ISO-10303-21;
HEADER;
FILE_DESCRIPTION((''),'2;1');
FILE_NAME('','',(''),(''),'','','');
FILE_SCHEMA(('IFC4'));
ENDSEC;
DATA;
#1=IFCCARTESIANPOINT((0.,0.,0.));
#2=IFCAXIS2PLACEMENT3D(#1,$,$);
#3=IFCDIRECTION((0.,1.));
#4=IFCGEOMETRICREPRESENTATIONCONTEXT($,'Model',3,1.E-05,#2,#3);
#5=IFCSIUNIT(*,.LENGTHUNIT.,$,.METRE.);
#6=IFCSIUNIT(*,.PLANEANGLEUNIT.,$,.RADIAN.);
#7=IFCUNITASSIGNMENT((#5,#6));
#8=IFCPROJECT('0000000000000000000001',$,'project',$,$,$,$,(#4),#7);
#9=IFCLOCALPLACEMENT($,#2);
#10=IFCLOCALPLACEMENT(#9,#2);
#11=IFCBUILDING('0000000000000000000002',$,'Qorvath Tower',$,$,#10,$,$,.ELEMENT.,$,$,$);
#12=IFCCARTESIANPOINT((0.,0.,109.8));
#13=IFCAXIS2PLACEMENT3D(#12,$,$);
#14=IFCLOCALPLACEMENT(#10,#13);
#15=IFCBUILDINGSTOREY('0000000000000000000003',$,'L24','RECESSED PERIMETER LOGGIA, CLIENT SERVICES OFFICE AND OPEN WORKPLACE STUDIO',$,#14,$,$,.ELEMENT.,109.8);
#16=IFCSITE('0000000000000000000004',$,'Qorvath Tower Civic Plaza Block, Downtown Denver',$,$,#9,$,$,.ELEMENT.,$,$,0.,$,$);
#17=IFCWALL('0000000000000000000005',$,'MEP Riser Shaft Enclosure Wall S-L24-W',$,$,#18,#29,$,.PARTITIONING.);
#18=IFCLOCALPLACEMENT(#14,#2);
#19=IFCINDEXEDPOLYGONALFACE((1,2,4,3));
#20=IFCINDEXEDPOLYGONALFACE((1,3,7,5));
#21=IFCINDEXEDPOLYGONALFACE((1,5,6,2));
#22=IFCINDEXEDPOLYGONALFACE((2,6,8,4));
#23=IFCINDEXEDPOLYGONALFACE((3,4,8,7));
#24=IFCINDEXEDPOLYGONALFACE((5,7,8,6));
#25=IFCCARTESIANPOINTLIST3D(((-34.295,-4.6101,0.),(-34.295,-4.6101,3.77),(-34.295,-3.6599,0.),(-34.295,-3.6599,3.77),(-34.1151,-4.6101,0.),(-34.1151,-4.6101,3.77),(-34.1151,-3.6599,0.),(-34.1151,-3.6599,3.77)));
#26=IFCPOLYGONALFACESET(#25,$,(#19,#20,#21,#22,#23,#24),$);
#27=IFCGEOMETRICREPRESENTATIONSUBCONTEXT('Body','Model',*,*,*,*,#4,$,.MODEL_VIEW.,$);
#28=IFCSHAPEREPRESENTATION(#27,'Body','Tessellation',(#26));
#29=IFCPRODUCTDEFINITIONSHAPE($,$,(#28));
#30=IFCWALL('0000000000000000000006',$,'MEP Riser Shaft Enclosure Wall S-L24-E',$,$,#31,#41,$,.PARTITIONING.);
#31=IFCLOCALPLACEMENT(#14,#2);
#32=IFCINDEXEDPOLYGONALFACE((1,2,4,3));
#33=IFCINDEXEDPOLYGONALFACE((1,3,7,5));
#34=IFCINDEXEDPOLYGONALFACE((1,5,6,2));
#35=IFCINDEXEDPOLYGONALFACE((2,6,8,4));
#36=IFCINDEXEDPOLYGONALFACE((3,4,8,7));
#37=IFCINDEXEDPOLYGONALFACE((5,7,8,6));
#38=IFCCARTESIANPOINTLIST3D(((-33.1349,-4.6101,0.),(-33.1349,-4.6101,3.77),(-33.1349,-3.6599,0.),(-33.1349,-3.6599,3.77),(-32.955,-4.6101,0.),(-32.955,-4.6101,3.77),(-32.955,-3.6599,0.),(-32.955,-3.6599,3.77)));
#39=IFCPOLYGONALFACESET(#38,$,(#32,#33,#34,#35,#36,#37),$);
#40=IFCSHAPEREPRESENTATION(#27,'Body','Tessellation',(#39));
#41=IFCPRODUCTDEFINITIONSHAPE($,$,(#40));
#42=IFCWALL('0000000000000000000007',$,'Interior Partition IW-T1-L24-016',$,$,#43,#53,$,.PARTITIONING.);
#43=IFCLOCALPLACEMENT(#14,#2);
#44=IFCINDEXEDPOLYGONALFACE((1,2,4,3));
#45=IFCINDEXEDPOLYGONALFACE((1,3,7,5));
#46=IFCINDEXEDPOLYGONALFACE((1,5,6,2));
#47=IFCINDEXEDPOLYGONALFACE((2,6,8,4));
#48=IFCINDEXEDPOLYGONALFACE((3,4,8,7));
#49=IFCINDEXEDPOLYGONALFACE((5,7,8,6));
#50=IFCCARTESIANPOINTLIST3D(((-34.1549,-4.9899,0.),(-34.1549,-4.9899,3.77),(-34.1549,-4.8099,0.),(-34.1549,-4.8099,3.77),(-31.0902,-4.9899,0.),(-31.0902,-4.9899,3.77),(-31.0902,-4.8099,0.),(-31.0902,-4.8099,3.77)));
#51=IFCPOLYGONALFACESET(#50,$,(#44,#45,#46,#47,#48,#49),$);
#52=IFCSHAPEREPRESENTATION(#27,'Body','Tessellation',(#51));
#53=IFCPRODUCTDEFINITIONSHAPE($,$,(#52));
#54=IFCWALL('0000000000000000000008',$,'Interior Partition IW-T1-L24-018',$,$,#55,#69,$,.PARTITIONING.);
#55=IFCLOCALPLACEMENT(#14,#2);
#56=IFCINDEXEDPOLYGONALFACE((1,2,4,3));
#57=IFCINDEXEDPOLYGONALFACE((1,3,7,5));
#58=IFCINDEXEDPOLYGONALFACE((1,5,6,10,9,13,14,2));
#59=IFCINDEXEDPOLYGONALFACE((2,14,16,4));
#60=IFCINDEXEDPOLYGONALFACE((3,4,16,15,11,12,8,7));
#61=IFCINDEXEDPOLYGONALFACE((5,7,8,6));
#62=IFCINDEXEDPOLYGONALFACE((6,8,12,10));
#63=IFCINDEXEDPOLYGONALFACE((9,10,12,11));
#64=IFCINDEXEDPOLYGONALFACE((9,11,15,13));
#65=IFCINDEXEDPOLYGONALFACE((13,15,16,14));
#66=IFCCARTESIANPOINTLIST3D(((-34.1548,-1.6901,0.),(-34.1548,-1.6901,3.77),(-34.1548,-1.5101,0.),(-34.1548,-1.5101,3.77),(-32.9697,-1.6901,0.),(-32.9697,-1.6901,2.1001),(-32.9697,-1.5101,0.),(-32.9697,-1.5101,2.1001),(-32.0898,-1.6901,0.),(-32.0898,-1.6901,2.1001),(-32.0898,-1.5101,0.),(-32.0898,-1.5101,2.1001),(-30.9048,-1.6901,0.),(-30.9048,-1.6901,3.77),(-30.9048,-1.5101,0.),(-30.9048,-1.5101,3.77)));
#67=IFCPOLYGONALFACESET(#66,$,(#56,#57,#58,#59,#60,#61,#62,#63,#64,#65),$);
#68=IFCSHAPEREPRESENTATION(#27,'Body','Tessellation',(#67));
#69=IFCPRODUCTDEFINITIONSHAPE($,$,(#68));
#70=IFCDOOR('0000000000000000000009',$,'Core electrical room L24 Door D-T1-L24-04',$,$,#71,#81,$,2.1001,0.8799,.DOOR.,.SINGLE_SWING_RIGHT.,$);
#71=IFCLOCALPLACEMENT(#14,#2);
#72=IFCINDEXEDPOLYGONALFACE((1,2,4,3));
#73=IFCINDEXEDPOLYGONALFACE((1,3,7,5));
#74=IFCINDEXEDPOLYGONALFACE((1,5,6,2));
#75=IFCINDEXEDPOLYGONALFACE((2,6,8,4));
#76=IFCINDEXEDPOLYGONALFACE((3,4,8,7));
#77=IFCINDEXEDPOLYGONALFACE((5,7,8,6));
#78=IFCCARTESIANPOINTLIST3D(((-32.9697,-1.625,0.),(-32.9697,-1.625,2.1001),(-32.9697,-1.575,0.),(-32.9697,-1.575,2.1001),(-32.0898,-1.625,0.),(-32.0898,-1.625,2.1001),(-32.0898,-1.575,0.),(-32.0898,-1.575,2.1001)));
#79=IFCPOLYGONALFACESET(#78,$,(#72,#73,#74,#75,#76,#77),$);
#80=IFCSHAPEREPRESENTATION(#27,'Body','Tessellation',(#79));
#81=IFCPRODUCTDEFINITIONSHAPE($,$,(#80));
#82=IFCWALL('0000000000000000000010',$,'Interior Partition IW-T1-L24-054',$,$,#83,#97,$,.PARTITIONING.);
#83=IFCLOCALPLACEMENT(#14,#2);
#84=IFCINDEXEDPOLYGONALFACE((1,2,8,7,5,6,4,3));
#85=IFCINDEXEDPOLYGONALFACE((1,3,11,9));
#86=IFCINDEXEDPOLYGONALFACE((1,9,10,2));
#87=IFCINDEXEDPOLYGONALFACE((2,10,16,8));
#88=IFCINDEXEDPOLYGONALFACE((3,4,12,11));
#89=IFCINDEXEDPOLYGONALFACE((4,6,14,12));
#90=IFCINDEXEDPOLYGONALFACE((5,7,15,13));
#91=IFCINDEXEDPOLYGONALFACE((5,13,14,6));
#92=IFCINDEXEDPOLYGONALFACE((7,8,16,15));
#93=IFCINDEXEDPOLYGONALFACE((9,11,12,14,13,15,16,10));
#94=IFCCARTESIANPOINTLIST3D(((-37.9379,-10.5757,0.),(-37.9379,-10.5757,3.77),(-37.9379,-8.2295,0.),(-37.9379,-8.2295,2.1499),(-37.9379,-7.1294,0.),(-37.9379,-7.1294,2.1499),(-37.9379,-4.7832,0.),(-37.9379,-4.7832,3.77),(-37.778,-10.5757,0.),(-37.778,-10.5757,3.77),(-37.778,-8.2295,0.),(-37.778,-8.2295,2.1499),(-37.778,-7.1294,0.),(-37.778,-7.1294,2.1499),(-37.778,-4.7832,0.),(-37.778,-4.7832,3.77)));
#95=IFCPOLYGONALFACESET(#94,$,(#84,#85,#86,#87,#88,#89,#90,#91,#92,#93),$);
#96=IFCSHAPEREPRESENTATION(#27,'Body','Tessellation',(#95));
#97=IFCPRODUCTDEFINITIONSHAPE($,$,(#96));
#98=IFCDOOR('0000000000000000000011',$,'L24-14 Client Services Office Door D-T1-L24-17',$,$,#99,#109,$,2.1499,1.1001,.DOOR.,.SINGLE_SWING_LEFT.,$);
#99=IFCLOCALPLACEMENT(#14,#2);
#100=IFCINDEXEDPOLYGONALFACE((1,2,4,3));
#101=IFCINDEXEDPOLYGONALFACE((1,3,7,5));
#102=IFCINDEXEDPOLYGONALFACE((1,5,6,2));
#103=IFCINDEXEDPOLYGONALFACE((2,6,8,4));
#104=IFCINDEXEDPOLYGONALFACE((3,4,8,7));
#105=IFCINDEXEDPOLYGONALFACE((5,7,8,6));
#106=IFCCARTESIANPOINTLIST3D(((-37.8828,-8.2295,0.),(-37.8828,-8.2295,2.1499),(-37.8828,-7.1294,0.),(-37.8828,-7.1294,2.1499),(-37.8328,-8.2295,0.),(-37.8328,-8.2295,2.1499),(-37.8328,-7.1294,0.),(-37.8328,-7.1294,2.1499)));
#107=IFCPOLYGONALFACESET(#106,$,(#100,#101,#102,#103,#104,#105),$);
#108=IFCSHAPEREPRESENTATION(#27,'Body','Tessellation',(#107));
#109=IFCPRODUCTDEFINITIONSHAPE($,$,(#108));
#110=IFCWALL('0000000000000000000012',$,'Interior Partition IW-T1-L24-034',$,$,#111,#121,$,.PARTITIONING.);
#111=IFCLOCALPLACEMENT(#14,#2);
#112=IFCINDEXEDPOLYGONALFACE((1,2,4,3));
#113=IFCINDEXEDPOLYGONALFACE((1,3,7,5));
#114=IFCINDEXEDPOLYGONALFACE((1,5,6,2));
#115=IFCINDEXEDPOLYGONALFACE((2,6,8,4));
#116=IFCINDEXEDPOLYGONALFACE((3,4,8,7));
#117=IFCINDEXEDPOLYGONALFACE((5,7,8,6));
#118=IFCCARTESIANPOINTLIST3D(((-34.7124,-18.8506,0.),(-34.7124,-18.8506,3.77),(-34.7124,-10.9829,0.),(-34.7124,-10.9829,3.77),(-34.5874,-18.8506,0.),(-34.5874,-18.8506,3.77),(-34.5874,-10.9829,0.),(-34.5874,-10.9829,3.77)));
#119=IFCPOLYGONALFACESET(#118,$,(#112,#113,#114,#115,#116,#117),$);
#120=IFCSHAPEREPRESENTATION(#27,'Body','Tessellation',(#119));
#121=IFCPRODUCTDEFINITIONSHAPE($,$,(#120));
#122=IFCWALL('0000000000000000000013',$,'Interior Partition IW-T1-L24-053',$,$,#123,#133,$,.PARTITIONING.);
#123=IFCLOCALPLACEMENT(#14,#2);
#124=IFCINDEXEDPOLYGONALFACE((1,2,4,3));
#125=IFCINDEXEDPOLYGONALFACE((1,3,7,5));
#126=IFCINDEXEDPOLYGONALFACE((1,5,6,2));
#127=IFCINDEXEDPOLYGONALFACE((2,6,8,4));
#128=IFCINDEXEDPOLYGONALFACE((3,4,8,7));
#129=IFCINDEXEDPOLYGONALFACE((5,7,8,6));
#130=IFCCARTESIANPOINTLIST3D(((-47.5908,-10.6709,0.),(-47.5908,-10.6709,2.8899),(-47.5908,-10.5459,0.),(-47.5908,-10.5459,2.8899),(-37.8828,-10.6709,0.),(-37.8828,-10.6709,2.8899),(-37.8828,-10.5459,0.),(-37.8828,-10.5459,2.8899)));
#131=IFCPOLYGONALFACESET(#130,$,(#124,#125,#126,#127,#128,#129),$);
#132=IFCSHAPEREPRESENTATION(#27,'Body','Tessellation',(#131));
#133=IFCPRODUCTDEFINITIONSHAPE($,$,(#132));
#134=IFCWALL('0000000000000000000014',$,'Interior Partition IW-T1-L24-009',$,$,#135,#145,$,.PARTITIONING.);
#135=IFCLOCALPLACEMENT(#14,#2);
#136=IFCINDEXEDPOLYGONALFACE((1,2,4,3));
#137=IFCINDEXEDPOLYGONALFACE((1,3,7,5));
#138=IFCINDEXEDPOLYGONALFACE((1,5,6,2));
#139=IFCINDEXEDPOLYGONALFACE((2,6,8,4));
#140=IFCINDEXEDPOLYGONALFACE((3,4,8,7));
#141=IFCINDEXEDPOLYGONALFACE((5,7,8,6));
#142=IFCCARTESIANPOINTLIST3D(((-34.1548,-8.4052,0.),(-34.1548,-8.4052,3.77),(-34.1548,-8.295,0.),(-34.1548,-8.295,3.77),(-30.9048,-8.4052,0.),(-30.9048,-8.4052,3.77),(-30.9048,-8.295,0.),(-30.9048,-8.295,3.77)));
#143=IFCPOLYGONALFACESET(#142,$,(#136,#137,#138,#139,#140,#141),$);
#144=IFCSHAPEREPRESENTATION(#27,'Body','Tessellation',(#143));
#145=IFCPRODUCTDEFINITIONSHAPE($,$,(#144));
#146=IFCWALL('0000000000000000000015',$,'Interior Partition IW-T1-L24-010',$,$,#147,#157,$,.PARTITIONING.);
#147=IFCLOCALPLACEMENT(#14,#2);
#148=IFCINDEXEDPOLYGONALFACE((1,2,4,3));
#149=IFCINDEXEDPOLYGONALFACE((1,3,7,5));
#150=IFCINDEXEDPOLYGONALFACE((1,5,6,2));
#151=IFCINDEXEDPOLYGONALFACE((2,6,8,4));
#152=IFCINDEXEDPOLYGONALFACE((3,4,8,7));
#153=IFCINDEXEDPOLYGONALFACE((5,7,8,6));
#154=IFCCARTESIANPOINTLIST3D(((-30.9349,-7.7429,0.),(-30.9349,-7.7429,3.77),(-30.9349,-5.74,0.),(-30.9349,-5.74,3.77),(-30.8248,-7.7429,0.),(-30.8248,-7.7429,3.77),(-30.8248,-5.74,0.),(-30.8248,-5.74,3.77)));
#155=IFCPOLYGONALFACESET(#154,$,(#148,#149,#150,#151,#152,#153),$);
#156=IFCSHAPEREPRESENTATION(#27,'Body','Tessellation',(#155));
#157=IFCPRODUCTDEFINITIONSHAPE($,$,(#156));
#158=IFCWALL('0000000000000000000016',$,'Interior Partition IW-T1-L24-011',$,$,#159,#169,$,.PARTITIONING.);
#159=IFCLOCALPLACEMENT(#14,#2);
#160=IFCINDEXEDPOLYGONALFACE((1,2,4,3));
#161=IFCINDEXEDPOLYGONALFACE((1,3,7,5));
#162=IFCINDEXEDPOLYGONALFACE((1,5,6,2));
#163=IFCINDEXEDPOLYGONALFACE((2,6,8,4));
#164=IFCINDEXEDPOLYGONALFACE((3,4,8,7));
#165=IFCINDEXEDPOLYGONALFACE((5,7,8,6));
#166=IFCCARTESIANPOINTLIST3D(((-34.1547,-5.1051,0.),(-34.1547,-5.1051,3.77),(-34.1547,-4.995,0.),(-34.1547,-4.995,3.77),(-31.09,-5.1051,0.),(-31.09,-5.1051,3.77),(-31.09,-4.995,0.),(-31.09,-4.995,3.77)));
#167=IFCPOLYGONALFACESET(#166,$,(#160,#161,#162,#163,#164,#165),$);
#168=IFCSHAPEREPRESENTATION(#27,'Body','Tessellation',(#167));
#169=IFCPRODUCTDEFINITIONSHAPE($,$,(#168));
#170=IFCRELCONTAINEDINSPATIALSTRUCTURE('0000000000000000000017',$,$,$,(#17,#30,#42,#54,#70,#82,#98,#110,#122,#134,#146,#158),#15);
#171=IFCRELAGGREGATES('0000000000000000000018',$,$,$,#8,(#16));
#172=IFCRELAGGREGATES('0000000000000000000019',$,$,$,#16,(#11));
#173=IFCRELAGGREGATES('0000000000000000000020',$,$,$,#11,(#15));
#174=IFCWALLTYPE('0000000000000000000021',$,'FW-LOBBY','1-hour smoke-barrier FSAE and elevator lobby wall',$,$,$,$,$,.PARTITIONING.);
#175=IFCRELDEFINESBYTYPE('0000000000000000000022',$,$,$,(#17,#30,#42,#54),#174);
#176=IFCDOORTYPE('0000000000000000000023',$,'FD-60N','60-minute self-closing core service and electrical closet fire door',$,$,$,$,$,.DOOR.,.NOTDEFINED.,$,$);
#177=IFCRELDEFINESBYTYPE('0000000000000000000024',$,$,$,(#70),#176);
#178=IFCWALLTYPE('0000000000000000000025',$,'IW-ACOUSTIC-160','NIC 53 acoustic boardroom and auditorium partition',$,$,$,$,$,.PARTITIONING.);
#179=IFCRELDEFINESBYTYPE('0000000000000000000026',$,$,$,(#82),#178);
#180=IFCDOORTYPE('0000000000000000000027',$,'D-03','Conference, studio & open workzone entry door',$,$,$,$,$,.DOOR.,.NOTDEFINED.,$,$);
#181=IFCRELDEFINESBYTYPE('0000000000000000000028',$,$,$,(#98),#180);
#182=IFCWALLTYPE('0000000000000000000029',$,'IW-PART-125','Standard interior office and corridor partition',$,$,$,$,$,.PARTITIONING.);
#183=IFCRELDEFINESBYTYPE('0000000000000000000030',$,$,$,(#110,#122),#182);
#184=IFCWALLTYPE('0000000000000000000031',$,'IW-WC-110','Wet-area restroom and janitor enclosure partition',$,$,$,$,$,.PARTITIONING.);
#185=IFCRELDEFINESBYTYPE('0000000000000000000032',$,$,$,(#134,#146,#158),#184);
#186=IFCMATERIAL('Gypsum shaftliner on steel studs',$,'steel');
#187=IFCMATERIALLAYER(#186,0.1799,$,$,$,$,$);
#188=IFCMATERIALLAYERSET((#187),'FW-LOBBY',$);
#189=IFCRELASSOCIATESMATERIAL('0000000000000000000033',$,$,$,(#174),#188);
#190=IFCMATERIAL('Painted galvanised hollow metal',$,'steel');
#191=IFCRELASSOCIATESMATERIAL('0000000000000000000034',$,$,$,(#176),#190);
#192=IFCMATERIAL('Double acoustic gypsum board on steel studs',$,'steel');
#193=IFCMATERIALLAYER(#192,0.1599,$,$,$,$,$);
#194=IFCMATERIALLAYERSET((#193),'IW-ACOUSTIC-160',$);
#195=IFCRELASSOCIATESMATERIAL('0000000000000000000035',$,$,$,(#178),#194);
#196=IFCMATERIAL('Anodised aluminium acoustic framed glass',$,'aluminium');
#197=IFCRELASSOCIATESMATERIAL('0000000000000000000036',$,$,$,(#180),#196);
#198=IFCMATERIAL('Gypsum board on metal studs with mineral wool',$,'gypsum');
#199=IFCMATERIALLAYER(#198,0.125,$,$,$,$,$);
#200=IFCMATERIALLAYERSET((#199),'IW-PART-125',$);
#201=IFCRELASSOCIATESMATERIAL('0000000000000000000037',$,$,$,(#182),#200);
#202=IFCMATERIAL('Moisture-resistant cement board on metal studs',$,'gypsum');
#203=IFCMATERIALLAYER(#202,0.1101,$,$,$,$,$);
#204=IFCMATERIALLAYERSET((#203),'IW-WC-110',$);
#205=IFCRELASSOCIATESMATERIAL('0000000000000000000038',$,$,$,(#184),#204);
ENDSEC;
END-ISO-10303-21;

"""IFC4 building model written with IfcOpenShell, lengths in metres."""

from ifc_helpers import new_model, si_unit, direction, frame, frame_2d, origin, place, context, subcontext, project, spatial, rectangle, extrude, material, layer, layer_set, type_object, element, fill, save


model = new_model("IFC4")

# Units and contexts
model_context = context("Model", 3, precision=1e-05, world=origin(), true_north=direction((0.0, 1.0)))
body_context = subcontext(model_context, "Body", "Model", "MODEL_VIEW")
ifc_project = project(units=[si_unit("LENGTHUNIT", "METRE"), si_unit("PLANEANGLEUNIT", "RADIAN")], contexts=[model_context])

# Site, building, storey
site_placement = place(None, origin())
site = spatial("IfcSite", under=ifc_project, at=site_placement, Name="Qorvath Tower Civic Plaza Block, Downtown Denver", CompositionType="ELEMENT", RefElevation=0.0)
building_placement = place(site_placement, origin())
building = spatial("IfcBuilding", under=site, at=building_placement, Name="Qorvath Tower", CompositionType="ELEMENT")
storey_placement = place(building_placement, frame((0.0, 0.0, 109.8)))
storey = spatial("IfcBuildingStorey", under=building, at=storey_placement, Name="L24", Description="RECESSED PERIMETER LOGGIA, CLIENT SERVICES OFFICE AND OPEN WORKPLACE STUDIO", CompositionType="ELEMENT", Elevation=109.8)

# Walls
ifc_material_1 = material(Name="Gypsum shaftliner on steel studs", Category="steel")
ifc_layer_1 = layer(ifc_material_1, 0.1799)
ifc_layer_set_1 = layer_set([ifc_layer_1], Name="FW-LOBBY")
wall_type_1 = type_object("IfcWallType", Name="FW-LOBBY", Description="1-hour smoke-barrier FSAE and elevator lobby wall", PredefinedType="PARTITIONING", material=ifc_layer_set_1)
for number, where, z_axis, x_axis, name in (
    (1, (-34.2051, -4.6101, 0.0), (0.0, 0.0, 1.0), (0.0, 1.0, 0.0), "MEP Riser Shaft Enclosure Wall S-L24-W"),
    (2, (-33.0449, -3.6599, 0.0), (0.0, 0.0, 1.0), (0.0, -1.0, 0.0), "MEP Riser Shaft Enclosure Wall S-L24-E"),
):
    element("IfcWall", number, at=place(storey_placement, frame(where, z_axis=z_axis, x_axis=x_axis)), inside=storey, type_object=wall_type_1, Name=name, PredefinedType="PARTITIONING", context=body_context, shape_type="SweptSolid", body=[
        extrude(rectangle(XDim=0.9502, YDim=0.1799, at=frame_2d((0.4751, 0.0))), origin(), (0.0, 0.0, 1.0), 3.77),
    ])
wall_1_placement = place(storey_placement, frame((-34.1548, -4.8999, 0.0), z_axis=(0.0, 0.0, 1.0), x_axis=(1.0, 0.0, 0.0)))
element("IfcWall", 3, at=wall_1_placement, inside=storey, type_object=wall_type_1, Name="Interior Partition IW-T1-L24-016", PredefinedType="PARTITIONING", context=body_context, shape_type="SweptSolid", body=[
    extrude(rectangle(XDim=3.0647, YDim=0.1799, at=frame_2d((1.5322, 0.0))), origin(), (0.0, 0.0, 1.0), 3.77),
])

# Walls, openings, doors
wall_2_placement = place(storey_placement, frame((-30.9048, -1.6001, 0.0), z_axis=(0.0, 0.0, 1.0), x_axis=(-1.0, 0.0, 0.0)))
wall_2 = element("IfcWall", 4, at=wall_2_placement, inside=storey, type_object=wall_type_1, Name="Interior Partition IW-T1-L24-018", PredefinedType="PARTITIONING", context=body_context, shape_type="SweptSolid", body=[
    extrude(rectangle(XDim=3.25, YDim=0.1799, at=frame_2d((1.625, 0.0))), origin(), (0.0, 0.0, 1.0), 3.77),
])
opening_1_placement = place(wall_2_placement, frame((1.1851, 0.0, 0.0)))
opening_1 = element("IfcOpeningElement", 5, at=opening_1_placement, cuts=wall_2, PredefinedType="OPENING", context=body_context, shape_type="SweptSolid", body=[
    extrude(rectangle(XDim=0.8799, YDim=2.1001, at=frame_2d((0.4399, 1.05))), frame((0.0, 0.1001, 0.0), z_axis=(0.0, -1.0, 0.0), x_axis=(1.0, 0.0, 0.0)), (0.0, 0.0, 1.0), 0.2),
])
ifc_material_2 = material(Name="Painted galvanised hollow metal", Category="steel")
door_type_1 = type_object("IfcDoorType", Name="FD-60N", Description="60-minute self-closing core service and electrical closet fire door", OperationType="NOTDEFINED", PredefinedType="DOOR", material=ifc_material_2)
door_1_placement = place(opening_1_placement, origin())
door_1 = element("IfcDoor", 6, at=door_1_placement, inside=storey, type_object=door_type_1, Name="Core electrical room L24 Door D-T1-L24-04", OperationType="SINGLE_SWING_RIGHT", OverallHeight=2.1001, OverallWidth=0.8799, PredefinedType="DOOR", context=body_context, shape_type="SweptSolid", body=[
    extrude(rectangle(XDim=0.8799, YDim=2.1001, at=frame_2d((0.4399, 1.05))), frame((0.0, 0.0249, 0.0), z_axis=(0.0, -1.0, 0.0), x_axis=(1.0, 0.0, 0.0)), (0.0, 0.0, 1.0), 0.05),
])
fill(opening_1, door_1)
ifc_material_3 = material(Name="Double acoustic gypsum board on steel studs", Category="steel")
ifc_layer_2 = layer(ifc_material_3, 0.1599)
ifc_layer_set_2 = layer_set([ifc_layer_2], Name="IW-ACOUSTIC-160")
wall_type_2 = type_object("IfcWallType", Name="IW-ACOUSTIC-160", Description="NIC 53 acoustic boardroom and auditorium partition", PredefinedType="PARTITIONING", material=ifc_layer_set_2)
wall_3_placement = place(storey_placement, frame((-37.8579, -10.5757, 0.0), z_axis=(0.0, 0.0, 1.0), x_axis=(0.0, 1.0, 0.0)))
wall_3 = element("IfcWall", 7, at=wall_3_placement, inside=storey, type_object=wall_type_2, Name="Interior Partition IW-T1-L24-054", PredefinedType="PARTITIONING", context=body_context, shape_type="SweptSolid", body=[
    extrude(rectangle(XDim=5.7925, YDim=0.1599, at=frame_2d((2.8962, 0.0))), origin(), (0.0, 0.0, 1.0), 3.77),
])
opening_2_placement = place(wall_3_placement, frame((2.3462, 0.0, 0.0)))
opening_2 = element("IfcOpeningElement", 8, at=opening_2_placement, cuts=wall_3, PredefinedType="OPENING", context=body_context, shape_type="SweptSolid", body=[
    extrude(rectangle(XDim=1.1001, YDim=2.1499, at=frame_2d((0.55, 1.075))), frame((0.0, 0.0898, 0.0), z_axis=(0.0, -1.0, 0.0), x_axis=(1.0, 0.0, 0.0)), (0.0, 0.0, 1.0), 0.1799),
])
ifc_material_4 = material(Name="Anodised aluminium acoustic framed glass", Category="aluminium")
door_type_2 = type_object("IfcDoorType", Name="D-03", Description="Conference, studio & open workzone entry door", OperationType="NOTDEFINED", PredefinedType="DOOR", material=ifc_material_4)
door_2_placement = place(opening_2_placement, origin())
door_2 = element("IfcDoor", 9, at=door_2_placement, inside=storey, type_object=door_type_2, Name="L24-14 Client Services Office Door D-T1-L24-17", OperationType="SINGLE_SWING_LEFT", OverallHeight=2.1499, OverallWidth=1.1001, PredefinedType="DOOR", context=body_context, shape_type="SweptSolid", body=[
    extrude(rectangle(XDim=1.1001, YDim=2.1499, at=frame_2d((0.55, 1.075))), frame((0.0, 0.0249, 0.0), z_axis=(0.0, -1.0, 0.0), x_axis=(1.0, 0.0, 0.0)), (0.0, 0.0, 1.0), 0.05),
])
fill(opening_2, door_2)

# Wall
ifc_material_5 = material(Name="Gypsum board on metal studs with mineral wool", Category="gypsum")
ifc_layer_3 = layer(ifc_material_5, 0.125)
ifc_layer_set_3 = layer_set([ifc_layer_3], Name="IW-PART-125")
wall_type_3 = type_object("IfcWallType", Name="IW-PART-125", Description="Standard interior office and corridor partition", PredefinedType="PARTITIONING", material=ifc_layer_set_3)
wall_4_placement = place(storey_placement, frame((-34.6499, -10.9829, 0.0), z_axis=(0.0, 0.0, 1.0), x_axis=(0.0, -1.0, 0.0)))
element("IfcWall", 10, at=wall_4_placement, inside=storey, type_object=wall_type_3, Name="Interior Partition IW-T1-L24-034", PredefinedType="PARTITIONING", context=body_context, shape_type="SweptSolid", body=[
    extrude(rectangle(XDim=7.8677, YDim=0.125, at=frame_2d((3.9338, 0.0))), origin(), (0.0, 0.0, 1.0), 3.77),
])

# Walls
wall_5_placement = place(storey_placement, frame((-37.8828, -10.6084, 0.0), z_axis=(0.0, 0.0, 1.0), x_axis=(-1.0, 0.0, 0.0)))
element("IfcWall", 11, at=wall_5_placement, inside=storey, type_object=wall_type_3, Name="Interior Partition IW-T1-L24-053", PredefinedType="PARTITIONING", context=body_context, shape_type="SweptSolid", body=[
    extrude(rectangle(XDim=9.708, YDim=0.125, at=frame_2d((4.854, 0.0))), origin(), (0.0, 0.0, 1.0), 2.8899),
])
ifc_material_6 = material(Name="Moisture-resistant cement board on metal studs", Category="gypsum")
ifc_layer_4 = layer(ifc_material_6, 0.1101)
ifc_layer_set_4 = layer_set([ifc_layer_4], Name="IW-WC-110")
wall_type_4 = type_object("IfcWallType", Name="IW-WC-110", Description="Wet-area restroom and janitor enclosure partition", PredefinedType="PARTITIONING", material=ifc_layer_set_4)
wall_6_placement = place(storey_placement, frame((-34.1548, -8.3501, 0.0), z_axis=(0.0, 0.0, 1.0), x_axis=(1.0, 0.0, 0.0)))
element("IfcWall", 12, at=wall_6_placement, inside=storey, type_object=wall_type_4, Name="Interior Partition IW-T1-L24-009", PredefinedType="PARTITIONING", context=body_context, shape_type="SweptSolid", body=[
    extrude(rectangle(XDim=3.25, YDim=0.1101, at=frame_2d((1.625, 0.0))), origin(), (0.0, 0.0, 1.0), 3.77),
])
wall_7_placement = place(storey_placement, frame((-30.8799, -7.7429, 0.0), z_axis=(0.0, 0.0, 1.0), x_axis=(0.0, 1.0, 0.0)))
element("IfcWall", 13, at=wall_7_placement, inside=storey, type_object=wall_type_4, Name="Interior Partition IW-T1-L24-010", PredefinedType="PARTITIONING", context=body_context, shape_type="SweptSolid", body=[
    extrude(rectangle(XDim=2.0029, YDim=0.1101, at=frame_2d((1.0015, 0.0))), origin(), (0.0, 0.0, 1.0), 3.77),
])
wall_8_placement = place(storey_placement, frame((-31.0901, -5.05, 0.0), z_axis=(0.0, 0.0, 1.0), x_axis=(-1.0, 0.0, 0.0)))
element("IfcWall", 14, at=wall_8_placement, inside=storey, type_object=wall_type_4, Name="Interior Partition IW-T1-L24-011", PredefinedType="PARTITIONING", context=body_context, shape_type="SweptSolid", body=[
    extrude(rectangle(XDim=3.0647, YDim=0.1101, at=frame_2d((1.5322, 0.0))), origin(), (0.0, 0.0, 1.0), 3.77),
])

save(model, "model.ifc")
